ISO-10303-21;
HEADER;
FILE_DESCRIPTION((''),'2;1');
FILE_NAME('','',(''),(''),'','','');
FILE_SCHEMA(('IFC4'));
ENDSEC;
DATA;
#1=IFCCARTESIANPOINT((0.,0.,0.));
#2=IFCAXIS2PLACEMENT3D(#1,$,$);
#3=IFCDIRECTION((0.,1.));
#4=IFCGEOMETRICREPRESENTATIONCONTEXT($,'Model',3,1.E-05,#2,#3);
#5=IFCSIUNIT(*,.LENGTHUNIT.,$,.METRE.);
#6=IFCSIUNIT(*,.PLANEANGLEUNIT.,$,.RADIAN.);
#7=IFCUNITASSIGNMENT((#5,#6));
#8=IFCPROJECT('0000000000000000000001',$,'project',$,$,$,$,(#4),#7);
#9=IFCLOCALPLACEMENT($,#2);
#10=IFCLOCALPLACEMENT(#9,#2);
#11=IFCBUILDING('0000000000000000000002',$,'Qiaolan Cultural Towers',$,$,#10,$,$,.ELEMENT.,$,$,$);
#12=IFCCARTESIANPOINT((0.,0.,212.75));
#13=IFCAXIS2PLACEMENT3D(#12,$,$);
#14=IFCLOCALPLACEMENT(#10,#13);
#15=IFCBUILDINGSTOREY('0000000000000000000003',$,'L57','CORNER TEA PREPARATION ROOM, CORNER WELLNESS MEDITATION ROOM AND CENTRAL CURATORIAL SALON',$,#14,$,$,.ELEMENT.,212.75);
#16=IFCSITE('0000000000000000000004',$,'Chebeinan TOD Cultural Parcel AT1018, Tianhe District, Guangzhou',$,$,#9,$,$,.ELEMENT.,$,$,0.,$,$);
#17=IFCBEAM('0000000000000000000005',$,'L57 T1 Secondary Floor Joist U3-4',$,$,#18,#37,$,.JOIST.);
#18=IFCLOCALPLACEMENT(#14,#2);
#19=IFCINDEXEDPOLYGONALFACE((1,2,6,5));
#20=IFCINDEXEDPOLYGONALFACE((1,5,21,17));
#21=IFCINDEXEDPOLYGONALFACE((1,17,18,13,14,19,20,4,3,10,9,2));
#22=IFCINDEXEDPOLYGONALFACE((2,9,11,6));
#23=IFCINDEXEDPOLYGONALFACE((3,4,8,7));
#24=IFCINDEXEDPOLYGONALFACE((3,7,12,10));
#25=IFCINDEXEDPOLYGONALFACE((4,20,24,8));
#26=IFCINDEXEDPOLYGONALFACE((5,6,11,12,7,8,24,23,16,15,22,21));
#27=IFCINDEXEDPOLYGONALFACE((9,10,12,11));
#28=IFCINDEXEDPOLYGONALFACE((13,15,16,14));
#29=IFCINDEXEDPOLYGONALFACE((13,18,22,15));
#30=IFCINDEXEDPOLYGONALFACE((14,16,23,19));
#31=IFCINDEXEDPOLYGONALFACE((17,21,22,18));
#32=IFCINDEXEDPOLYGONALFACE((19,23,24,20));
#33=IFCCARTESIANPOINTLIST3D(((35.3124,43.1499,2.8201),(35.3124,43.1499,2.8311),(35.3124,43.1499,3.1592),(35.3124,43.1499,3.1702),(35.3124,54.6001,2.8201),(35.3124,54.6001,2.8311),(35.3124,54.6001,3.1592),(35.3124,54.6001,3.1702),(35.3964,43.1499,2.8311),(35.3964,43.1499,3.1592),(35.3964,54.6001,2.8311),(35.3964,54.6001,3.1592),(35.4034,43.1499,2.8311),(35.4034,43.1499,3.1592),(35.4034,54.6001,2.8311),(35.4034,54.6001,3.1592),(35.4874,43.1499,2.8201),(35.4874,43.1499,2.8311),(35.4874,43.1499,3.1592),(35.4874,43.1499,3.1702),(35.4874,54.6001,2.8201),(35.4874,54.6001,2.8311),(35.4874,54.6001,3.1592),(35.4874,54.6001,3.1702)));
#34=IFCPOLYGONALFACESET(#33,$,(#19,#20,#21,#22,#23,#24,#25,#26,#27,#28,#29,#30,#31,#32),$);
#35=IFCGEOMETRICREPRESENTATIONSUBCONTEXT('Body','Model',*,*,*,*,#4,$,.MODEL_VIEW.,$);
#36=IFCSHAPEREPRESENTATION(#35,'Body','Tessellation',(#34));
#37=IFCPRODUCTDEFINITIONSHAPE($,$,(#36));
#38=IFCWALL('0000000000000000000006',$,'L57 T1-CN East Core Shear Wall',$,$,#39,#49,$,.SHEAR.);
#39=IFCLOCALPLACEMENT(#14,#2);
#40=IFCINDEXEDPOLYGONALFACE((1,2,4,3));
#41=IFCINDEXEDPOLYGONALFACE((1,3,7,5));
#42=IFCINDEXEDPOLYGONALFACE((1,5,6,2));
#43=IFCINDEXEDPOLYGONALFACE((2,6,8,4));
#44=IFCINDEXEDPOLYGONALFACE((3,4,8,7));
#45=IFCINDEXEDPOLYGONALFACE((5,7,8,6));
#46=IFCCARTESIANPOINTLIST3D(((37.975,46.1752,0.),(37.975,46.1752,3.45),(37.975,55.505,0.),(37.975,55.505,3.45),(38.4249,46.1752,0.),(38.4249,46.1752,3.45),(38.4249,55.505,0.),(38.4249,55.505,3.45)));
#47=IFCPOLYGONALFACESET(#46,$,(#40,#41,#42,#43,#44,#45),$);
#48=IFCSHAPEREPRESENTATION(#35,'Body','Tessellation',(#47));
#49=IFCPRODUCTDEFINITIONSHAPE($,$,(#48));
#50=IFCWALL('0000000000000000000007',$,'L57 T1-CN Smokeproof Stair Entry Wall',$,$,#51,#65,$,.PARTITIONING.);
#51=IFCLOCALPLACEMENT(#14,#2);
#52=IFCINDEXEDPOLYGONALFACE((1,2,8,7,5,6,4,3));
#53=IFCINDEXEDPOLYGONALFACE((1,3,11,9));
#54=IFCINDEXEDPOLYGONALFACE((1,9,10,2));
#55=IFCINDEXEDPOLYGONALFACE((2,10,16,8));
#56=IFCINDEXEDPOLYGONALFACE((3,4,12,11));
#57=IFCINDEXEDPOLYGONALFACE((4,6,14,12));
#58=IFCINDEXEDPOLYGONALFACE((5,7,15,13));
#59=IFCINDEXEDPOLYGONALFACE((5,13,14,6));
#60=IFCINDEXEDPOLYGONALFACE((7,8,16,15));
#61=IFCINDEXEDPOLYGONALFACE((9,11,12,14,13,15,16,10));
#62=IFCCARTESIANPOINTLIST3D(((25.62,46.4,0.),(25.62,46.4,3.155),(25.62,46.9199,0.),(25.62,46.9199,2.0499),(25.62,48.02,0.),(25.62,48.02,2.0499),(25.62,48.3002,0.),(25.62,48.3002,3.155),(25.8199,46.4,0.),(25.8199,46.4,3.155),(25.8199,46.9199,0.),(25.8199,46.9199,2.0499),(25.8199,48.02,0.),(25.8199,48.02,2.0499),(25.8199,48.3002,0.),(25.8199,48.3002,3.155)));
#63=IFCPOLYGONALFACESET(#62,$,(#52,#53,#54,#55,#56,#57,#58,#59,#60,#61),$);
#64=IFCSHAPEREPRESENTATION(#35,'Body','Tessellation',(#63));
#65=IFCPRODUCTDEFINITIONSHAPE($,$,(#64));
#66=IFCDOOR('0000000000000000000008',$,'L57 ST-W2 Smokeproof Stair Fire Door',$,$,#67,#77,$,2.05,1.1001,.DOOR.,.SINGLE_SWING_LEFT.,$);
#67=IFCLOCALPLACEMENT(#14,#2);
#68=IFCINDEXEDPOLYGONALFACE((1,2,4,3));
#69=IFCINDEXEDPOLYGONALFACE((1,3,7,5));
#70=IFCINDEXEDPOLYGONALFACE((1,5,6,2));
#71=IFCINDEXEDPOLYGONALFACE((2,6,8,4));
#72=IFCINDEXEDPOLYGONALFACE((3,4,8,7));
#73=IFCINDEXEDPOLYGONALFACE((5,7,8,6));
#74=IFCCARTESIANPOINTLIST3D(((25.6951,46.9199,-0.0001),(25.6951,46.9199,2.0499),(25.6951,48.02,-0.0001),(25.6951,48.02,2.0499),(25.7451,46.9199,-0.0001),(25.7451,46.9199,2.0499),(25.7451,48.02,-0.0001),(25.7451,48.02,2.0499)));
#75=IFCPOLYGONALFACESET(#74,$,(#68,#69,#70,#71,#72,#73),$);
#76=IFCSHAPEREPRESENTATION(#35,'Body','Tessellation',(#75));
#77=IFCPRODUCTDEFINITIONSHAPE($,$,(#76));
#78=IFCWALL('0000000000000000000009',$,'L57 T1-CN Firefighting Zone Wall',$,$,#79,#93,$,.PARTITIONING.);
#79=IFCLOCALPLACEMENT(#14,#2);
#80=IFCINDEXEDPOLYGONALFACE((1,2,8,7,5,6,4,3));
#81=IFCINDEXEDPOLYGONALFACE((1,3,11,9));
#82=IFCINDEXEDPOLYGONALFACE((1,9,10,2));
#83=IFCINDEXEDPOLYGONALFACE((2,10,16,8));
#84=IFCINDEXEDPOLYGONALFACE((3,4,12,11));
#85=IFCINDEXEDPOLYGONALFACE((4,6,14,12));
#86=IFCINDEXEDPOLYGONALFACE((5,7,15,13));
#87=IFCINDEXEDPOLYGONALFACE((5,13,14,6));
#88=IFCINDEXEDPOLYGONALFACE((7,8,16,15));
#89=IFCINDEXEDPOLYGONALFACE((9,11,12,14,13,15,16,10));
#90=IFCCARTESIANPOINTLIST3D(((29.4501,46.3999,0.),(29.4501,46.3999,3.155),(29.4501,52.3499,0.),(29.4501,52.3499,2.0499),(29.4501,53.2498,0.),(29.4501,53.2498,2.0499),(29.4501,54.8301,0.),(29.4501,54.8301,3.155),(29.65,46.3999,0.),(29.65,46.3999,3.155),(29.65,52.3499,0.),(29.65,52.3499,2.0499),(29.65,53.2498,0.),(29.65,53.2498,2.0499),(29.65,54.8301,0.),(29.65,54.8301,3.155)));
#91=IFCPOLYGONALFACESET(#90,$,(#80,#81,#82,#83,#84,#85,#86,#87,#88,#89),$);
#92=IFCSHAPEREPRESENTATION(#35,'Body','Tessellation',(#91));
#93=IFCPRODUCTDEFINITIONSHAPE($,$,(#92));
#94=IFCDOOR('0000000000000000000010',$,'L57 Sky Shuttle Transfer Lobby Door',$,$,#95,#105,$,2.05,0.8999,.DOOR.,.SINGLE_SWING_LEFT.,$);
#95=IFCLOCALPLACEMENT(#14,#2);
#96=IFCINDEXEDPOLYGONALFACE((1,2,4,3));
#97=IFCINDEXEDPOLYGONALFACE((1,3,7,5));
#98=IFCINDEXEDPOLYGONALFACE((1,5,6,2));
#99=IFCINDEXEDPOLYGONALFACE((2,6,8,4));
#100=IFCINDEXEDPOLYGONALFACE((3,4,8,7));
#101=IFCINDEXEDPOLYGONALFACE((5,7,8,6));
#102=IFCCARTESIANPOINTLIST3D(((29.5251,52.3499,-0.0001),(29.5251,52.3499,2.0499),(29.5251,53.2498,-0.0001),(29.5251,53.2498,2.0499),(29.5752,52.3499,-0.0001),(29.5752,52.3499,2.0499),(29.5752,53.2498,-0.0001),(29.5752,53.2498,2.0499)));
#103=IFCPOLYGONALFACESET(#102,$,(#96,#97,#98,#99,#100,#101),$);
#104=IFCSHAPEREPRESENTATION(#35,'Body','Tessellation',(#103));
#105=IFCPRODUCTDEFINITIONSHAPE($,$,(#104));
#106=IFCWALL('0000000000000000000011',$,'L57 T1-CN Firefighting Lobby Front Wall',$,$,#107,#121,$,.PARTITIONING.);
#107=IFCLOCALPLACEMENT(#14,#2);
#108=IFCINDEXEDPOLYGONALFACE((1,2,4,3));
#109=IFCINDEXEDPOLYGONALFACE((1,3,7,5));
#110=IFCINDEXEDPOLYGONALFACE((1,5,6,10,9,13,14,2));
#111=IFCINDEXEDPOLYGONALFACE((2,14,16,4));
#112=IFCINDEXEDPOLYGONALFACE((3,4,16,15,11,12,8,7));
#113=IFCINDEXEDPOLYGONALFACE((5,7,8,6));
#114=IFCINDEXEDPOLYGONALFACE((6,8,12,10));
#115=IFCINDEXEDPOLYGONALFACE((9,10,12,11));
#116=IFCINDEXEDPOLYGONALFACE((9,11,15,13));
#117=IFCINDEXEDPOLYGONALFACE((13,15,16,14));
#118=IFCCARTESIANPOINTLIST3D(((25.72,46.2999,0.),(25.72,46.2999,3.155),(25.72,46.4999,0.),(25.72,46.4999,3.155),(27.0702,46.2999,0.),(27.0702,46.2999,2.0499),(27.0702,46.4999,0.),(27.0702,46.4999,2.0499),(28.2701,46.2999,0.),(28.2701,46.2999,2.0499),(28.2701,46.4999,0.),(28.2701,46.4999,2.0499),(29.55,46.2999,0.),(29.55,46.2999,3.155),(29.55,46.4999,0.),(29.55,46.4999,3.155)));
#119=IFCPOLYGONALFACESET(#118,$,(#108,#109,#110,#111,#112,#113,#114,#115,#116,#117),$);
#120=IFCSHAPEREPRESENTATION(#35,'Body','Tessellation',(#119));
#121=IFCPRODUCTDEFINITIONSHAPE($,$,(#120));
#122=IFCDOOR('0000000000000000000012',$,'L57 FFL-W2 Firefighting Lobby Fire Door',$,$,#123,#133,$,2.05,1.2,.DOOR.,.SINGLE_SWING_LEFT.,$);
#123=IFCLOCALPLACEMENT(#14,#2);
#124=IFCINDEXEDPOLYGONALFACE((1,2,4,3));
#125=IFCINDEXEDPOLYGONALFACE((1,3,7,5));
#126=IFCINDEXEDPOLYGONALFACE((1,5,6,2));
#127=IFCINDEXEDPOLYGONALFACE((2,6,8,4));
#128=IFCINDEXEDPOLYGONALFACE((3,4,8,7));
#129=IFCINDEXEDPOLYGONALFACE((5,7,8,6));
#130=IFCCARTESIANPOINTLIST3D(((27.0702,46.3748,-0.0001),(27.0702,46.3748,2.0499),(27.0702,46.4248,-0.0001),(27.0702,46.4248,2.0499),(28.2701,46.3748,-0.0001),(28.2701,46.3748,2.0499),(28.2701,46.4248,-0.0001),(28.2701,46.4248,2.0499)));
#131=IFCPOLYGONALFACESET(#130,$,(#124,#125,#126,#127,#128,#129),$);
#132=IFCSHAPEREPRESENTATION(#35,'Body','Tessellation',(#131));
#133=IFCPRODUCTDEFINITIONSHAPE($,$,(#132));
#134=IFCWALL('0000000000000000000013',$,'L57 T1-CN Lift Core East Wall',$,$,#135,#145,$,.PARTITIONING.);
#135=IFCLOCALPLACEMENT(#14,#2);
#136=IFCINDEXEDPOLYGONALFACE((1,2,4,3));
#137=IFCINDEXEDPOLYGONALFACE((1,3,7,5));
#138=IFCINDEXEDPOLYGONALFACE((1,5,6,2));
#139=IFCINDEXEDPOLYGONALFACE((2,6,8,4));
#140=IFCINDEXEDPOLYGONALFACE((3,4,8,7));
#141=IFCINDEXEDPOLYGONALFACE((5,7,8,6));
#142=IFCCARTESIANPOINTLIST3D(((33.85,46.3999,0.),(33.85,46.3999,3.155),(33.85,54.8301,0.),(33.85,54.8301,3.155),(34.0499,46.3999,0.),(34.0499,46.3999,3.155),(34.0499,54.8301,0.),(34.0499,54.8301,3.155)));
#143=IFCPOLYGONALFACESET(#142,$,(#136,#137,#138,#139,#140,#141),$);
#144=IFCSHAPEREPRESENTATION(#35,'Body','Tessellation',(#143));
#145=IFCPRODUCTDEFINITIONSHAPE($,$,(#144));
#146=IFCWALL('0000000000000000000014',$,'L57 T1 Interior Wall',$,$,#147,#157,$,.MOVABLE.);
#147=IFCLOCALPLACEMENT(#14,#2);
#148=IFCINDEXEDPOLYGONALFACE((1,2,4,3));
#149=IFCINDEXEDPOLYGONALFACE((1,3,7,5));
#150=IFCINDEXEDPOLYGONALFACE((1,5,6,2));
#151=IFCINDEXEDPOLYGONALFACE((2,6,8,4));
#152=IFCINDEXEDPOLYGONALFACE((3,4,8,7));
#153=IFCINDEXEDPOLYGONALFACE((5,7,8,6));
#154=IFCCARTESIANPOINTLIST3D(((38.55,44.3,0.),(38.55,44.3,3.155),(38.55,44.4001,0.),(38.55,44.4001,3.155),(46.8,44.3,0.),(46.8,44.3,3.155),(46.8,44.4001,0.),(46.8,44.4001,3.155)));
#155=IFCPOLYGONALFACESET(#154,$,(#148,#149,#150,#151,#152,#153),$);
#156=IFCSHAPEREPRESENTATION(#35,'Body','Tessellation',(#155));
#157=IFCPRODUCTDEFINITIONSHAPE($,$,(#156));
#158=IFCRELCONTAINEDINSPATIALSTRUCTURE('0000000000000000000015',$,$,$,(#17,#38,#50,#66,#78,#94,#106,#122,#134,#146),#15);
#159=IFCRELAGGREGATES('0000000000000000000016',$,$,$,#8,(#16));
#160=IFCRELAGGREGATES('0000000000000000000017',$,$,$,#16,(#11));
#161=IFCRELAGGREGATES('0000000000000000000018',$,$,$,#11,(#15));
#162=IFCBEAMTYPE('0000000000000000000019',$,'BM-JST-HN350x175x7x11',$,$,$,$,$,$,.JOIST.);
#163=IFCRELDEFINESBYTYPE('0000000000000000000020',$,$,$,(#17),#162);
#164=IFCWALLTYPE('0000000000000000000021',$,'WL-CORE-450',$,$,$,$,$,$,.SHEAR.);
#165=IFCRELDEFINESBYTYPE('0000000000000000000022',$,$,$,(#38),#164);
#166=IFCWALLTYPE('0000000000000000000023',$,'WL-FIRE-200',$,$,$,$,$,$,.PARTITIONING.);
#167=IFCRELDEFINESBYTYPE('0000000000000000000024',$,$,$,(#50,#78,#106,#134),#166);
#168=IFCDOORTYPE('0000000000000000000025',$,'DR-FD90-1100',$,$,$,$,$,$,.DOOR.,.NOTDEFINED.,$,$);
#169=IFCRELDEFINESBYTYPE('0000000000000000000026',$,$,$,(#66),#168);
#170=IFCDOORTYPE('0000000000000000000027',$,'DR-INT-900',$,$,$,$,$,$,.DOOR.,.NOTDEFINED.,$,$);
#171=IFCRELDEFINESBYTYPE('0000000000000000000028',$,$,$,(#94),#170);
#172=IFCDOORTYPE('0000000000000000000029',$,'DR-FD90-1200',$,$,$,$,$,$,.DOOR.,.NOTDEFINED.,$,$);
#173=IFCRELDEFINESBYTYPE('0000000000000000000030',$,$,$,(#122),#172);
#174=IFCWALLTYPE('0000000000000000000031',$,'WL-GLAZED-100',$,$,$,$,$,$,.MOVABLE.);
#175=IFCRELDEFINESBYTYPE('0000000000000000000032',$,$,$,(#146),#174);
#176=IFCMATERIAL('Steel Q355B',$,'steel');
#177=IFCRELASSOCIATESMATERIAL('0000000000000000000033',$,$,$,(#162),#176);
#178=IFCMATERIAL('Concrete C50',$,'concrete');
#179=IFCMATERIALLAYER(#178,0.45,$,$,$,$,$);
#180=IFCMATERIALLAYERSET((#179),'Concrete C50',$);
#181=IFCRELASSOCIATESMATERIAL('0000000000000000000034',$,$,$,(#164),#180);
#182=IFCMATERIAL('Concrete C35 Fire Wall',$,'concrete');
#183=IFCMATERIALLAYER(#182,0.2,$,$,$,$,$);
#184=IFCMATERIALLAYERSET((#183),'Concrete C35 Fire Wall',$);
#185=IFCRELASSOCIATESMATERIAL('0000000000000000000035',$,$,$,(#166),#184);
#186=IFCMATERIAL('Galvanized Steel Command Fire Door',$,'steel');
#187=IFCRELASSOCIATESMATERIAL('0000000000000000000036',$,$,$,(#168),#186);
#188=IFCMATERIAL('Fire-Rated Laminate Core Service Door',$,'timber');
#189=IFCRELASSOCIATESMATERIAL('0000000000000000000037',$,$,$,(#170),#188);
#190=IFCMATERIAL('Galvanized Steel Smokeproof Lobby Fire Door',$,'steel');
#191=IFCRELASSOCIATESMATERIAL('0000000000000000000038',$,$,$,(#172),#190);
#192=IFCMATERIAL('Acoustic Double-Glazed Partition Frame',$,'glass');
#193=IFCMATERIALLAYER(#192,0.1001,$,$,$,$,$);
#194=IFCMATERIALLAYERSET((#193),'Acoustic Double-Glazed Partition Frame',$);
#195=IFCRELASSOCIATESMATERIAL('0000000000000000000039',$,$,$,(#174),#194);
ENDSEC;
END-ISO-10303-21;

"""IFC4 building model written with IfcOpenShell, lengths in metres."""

from ifc_helpers import new_model, si_unit, direction, frame, frame_2d, origin, origin_2d, place, context, subcontext, project, spatial, rectangle, i_section, extrude, material, layer, layer_set, material_profile, profile_set, type_object, element, fill, save


model = new_model("IFC4")

# Units and contexts
model_context = context("Model", 3, precision=1e-05, world=origin(), true_north=direction((0.0, 1.0)))
body_context = subcontext(model_context, "Body", "Model", "MODEL_VIEW")
ifc_project = project(units=[si_unit("LENGTHUNIT", "METRE"), si_unit("PLANEANGLEUNIT", "RADIAN")], contexts=[model_context])

# Site, building, storey
site_placement = place(None, origin())
site = spatial("IfcSite", under=ifc_project, at=site_placement, Name="Chebeinan TOD Cultural Parcel AT1018, Tianhe District, Guangzhou", CompositionType="ELEMENT", RefElevation=0.0)
building_placement = place(site_placement, origin())
building = spatial("IfcBuilding", under=site, at=building_placement, Name="Qiaolan Cultural Towers", CompositionType="ELEMENT")
storey_placement = place(building_placement, frame((0.0, 0.0, 212.75)))
storey = spatial("IfcBuildingStorey", under=building, at=storey_placement, Name="L57", Description="CORNER TEA PREPARATION ROOM, CORNER WELLNESS MEDITATION ROOM AND CENTRAL CURATORIAL SALON", CompositionType="ELEMENT", Elevation=212.75)

# Beam
ifc_material_1 = material(Name="Steel Q355B", Category="steel")
ifc_material_profile = material_profile(ifc_material_1, i_section(OverallWidth=0.175, OverallDepth=0.3501, WebThickness=0.0071, FlangeThickness=0.011, at=origin_2d()), Name="HN350x175x7x11")
ifc_profile_set = profile_set([ifc_material_profile], Name="Steel Q355B")
beam_type = type_object("IfcBeamType", Name="BM-JST-HN350x175x7x11", PredefinedType="JOIST", material=ifc_profile_set)
beam_placement = place(storey_placement, frame((35.3999, 43.1499, 2.9951), z_axis=(0.0, 1.0, 0.0), x_axis=(-1.0, 0.0, 0.0)))
element("IfcBeam", 1, at=beam_placement, inside=storey, type_object=beam_type, Name="L57 T1 Secondary Floor Joist U3-4", PredefinedType="JOIST", context=body_context, shape_type="SweptSolid", body=[
    extrude(i_section(OverallWidth=0.175, OverallDepth=0.3501, WebThickness=0.0071, FlangeThickness=0.011, at=origin_2d()), origin(), (0.0, 0.0, 1.0), 11.4502),
])

# Wall
ifc_material_2 = material(Name="Concrete C50", Category="concrete")
ifc_layer_1 = layer(ifc_material_2, 0.45)
ifc_layer_set_1 = layer_set([ifc_layer_1], Name="Concrete C50")
wall_type_1 = type_object("IfcWallType", Name="WL-CORE-450", PredefinedType="SHEAR", material=ifc_layer_set_1)
wall_1_placement = place(storey_placement, frame((38.2, 46.175, 0.0), z_axis=(0.0, 0.0, 1.0), x_axis=(0.0, 1.0, 0.0)))
element("IfcWall", 2, at=wall_1_placement, inside=storey, type_object=wall_type_1, Name="L57 T1-CN East Core Shear Wall", PredefinedType="SHEAR", context=body_context, shape_type="SweptSolid", body=[
    extrude(rectangle(XDim=9.3298, YDim=0.45, at=frame_2d((4.665, 0.0))), origin(), (0.0, 0.0, 1.0), 3.45),
])

# Walls, openings, doors
ifc_material_3 = material(Name="Concrete C35 Fire Wall", Category="concrete")
ifc_layer_2 = layer(ifc_material_3, 0.2)
ifc_layer_set_2 = layer_set([ifc_layer_2], Name="Concrete C35 Fire Wall")
wall_type_2 = type_object("IfcWallType", Name="WL-FIRE-200", PredefinedType="PARTITIONING", material=ifc_layer_set_2)
wall_2_placement = place(storey_placement, frame((25.72, 46.3999, 0.0), z_axis=(0.0, 0.0, 1.0), x_axis=(0.0, 1.0, 0.0)))
wall_2 = element("IfcWall", 3, at=wall_2_placement, inside=storey, type_object=wall_type_2, Name="L57 T1-CN Smokeproof Stair Entry Wall", PredefinedType="PARTITIONING", context=body_context, shape_type="SweptSolid", body=[
    extrude(rectangle(XDim=1.9001, YDim=0.2, at=frame_2d((0.9502, 0.0))), origin(), (0.0, 0.0, 1.0), 3.155),
])
opening_1_placement = place(wall_2_placement, frame((0.52, 0.0, 0.0)))
opening_1 = element("IfcOpeningElement", 4, at=opening_1_placement, cuts=wall_2, PredefinedType="OPENING", context=body_context, shape_type="SweptSolid", body=[
    extrude(rectangle(XDim=1.1001, YDim=2.05, at=frame_2d((0.55, 1.0249))), frame((0.0, 0.1099, 0.0), z_axis=(0.0, -1.0, 0.0), x_axis=(1.0, 0.0, 0.0)), (0.0, 0.0, 1.0), 0.22),
])
ifc_material_4 = material(Name="Galvanized Steel Command Fire Door", Category="steel")
door_type_1 = type_object("IfcDoorType", Name="DR-FD90-1100", OperationType="NOTDEFINED", PredefinedType="DOOR", material=ifc_material_4)
door_1_placement = place(opening_1_placement, origin())
door_1 = element("IfcDoor", 5, at=door_1_placement, inside=storey, type_object=door_type_1, Name="L57 ST-W2 Smokeproof Stair Fire Door", OperationType="SINGLE_SWING_LEFT", OverallHeight=2.05, OverallWidth=1.1001, PredefinedType="DOOR", context=body_context, shape_type="SweptSolid", body=[
    extrude(rectangle(XDim=1.1001, YDim=2.05, at=frame_2d((0.55, 1.0249))), frame((0.0, 0.0249, 0.0), z_axis=(0.0, -1.0, 0.0), x_axis=(1.0, 0.0, 0.0)), (0.0, 0.0, 1.0), 0.05),
])
fill(opening_1, door_1)
wall_3_placement = place(storey_placement, frame((29.55, 46.3999, 0.0), z_axis=(0.0, 0.0, 1.0), x_axis=(0.0, 1.0, 0.0)))
wall_3 = element("IfcWall", 6, at=wall_3_placement, inside=storey, type_object=wall_type_2, Name="L57 T1-CN Firefighting Zone Wall", PredefinedType="PARTITIONING", context=body_context, shape_type="SweptSolid", body=[
    extrude(rectangle(XDim=8.4302, YDim=0.2, at=frame_2d((4.2151, 0.0))), origin(), (0.0, 0.0, 1.0), 3.155),
])
opening_2_placement = place(wall_3_placement, frame((5.95, 0.0, 0.0)))
opening_2 = element("IfcOpeningElement", 7, at=opening_2_placement, cuts=wall_3, PredefinedType="OPENING", context=body_context, shape_type="SweptSolid", body=[
    extrude(rectangle(XDim=0.8999, YDim=2.05, at=frame_2d((0.45, 1.0249))), frame((0.0, 0.1099, 0.0), z_axis=(0.0, -1.0, 0.0), x_axis=(1.0, 0.0, 0.0)), (0.0, 0.0, 1.0), 0.22),
])
ifc_material_5 = material(Name="Fire-Rated Laminate Core Service Door", Category="timber")
door_type_2 = type_object("IfcDoorType", Name="DR-INT-900", OperationType="NOTDEFINED", PredefinedType="DOOR", material=ifc_material_5)
door_2_placement = place(opening_2_placement, origin())
door_2 = element("IfcDoor", 8, at=door_2_placement, inside=storey, type_object=door_type_2, Name="L57 Sky Shuttle Transfer Lobby Door", OperationType="SINGLE_SWING_LEFT", OverallHeight=2.05, OverallWidth=0.8999, PredefinedType="DOOR", context=body_context, shape_type="SweptSolid", body=[
    extrude(rectangle(XDim=0.8999, YDim=2.05, at=frame_2d((0.45, 1.0249))), frame((0.0, 0.0249, 0.0), z_axis=(0.0, -1.0, 0.0), x_axis=(1.0, 0.0, 0.0)), (0.0, 0.0, 1.0), 0.05),
])
fill(opening_2, door_2)
wall_4_placement = place(storey_placement, frame((25.72, 46.3999, 0.0), z_axis=(0.0, 0.0, 1.0), x_axis=(1.0, 0.0, 0.0)))
wall_4 = element("IfcWall", 9, at=wall_4_placement, inside=storey, type_object=wall_type_2, Name="L57 T1-CN Firefighting Lobby Front Wall", PredefinedType="PARTITIONING", context=body_context, shape_type="SweptSolid", body=[
    extrude(rectangle(XDim=3.8301, YDim=0.2, at=frame_2d((1.915, 0.0))), origin(), (0.0, 0.0, 1.0), 3.155),
])
opening_3_placement = place(wall_4_placement, frame((1.3501, 0.0, 0.0)))
opening_3 = element("IfcOpeningElement", 10, at=opening_3_placement, cuts=wall_4, PredefinedType="OPENING", context=body_context, shape_type="SweptSolid", body=[
    extrude(rectangle(XDim=1.2, YDim=2.05, at=frame_2d((0.6001, 1.0249))), frame((0.0, 0.1099, 0.0), z_axis=(0.0, -1.0, 0.0), x_axis=(1.0, 0.0, 0.0)), (0.0, 0.0, 1.0), 0.22),
])
ifc_material_6 = material(Name="Galvanized Steel Smokeproof Lobby Fire Door", Category="steel")
door_type_3 = type_object("IfcDoorType", Name="DR-FD90-1200", OperationType="NOTDEFINED", PredefinedType="DOOR", material=ifc_material_6)
door_3_placement = place(opening_3_placement, origin())
door_3 = element("IfcDoor", 11, at=door_3_placement, inside=storey, type_object=door_type_3, Name="L57 FFL-W2 Firefighting Lobby Fire Door", OperationType="SINGLE_SWING_LEFT", OverallHeight=2.05, OverallWidth=1.2, PredefinedType="DOOR", context=body_context, shape_type="SweptSolid", body=[
    extrude(rectangle(XDim=1.2, YDim=2.05, at=frame_2d((0.6001, 1.0249))), frame((0.0, 0.0249, 0.0), z_axis=(0.0, -1.0, 0.0), x_axis=(1.0, 0.0, 0.0)), (0.0, 0.0, 1.0), 0.05),
])
fill(opening_3, door_3)

# Walls
wall_5_placement = place(storey_placement, frame((33.95, 46.3999, 0.0), z_axis=(0.0, 0.0, 1.0), x_axis=(0.0, 1.0, 0.0)))
element("IfcWall", 12, at=wall_5_placement, inside=storey, type_object=wall_type_2, Name="L57 T1-CN Lift Core East Wall", PredefinedType="PARTITIONING", context=body_context, shape_type="SweptSolid", body=[
    extrude(rectangle(XDim=8.4302, YDim=0.2, at=frame_2d((4.2151, 0.0))), origin(), (0.0, 0.0, 1.0), 3.155),
])
ifc_material_7 = material(Name="Acoustic Double-Glazed Partition Frame", Category="glass")
ifc_layer_3 = layer(ifc_material_7, 0.1001)
ifc_layer_set_3 = layer_set([ifc_layer_3], Name="Acoustic Double-Glazed Partition Frame")
wall_type_3 = type_object("IfcWallType", Name="WL-GLAZED-100", PredefinedType="MOVABLE", material=ifc_layer_set_3)
wall_6_placement = place(storey_placement, frame((38.55, 44.3501, 0.0), z_axis=(0.0, 0.0, 1.0), x_axis=(1.0, 0.0, 0.0)))
element("IfcWall", 13, at=wall_6_placement, inside=storey, type_object=wall_type_3, Name="L57 T1 Interior Wall", PredefinedType="MOVABLE", context=body_context, shape_type="SweptSolid", body=[
    extrude(rectangle(XDim=8.25, YDim=0.1001, at=frame_2d((4.125, 0.0))), origin(), (0.0, 0.0, 1.0), 3.155),
])

save(model, "model.ifc")
